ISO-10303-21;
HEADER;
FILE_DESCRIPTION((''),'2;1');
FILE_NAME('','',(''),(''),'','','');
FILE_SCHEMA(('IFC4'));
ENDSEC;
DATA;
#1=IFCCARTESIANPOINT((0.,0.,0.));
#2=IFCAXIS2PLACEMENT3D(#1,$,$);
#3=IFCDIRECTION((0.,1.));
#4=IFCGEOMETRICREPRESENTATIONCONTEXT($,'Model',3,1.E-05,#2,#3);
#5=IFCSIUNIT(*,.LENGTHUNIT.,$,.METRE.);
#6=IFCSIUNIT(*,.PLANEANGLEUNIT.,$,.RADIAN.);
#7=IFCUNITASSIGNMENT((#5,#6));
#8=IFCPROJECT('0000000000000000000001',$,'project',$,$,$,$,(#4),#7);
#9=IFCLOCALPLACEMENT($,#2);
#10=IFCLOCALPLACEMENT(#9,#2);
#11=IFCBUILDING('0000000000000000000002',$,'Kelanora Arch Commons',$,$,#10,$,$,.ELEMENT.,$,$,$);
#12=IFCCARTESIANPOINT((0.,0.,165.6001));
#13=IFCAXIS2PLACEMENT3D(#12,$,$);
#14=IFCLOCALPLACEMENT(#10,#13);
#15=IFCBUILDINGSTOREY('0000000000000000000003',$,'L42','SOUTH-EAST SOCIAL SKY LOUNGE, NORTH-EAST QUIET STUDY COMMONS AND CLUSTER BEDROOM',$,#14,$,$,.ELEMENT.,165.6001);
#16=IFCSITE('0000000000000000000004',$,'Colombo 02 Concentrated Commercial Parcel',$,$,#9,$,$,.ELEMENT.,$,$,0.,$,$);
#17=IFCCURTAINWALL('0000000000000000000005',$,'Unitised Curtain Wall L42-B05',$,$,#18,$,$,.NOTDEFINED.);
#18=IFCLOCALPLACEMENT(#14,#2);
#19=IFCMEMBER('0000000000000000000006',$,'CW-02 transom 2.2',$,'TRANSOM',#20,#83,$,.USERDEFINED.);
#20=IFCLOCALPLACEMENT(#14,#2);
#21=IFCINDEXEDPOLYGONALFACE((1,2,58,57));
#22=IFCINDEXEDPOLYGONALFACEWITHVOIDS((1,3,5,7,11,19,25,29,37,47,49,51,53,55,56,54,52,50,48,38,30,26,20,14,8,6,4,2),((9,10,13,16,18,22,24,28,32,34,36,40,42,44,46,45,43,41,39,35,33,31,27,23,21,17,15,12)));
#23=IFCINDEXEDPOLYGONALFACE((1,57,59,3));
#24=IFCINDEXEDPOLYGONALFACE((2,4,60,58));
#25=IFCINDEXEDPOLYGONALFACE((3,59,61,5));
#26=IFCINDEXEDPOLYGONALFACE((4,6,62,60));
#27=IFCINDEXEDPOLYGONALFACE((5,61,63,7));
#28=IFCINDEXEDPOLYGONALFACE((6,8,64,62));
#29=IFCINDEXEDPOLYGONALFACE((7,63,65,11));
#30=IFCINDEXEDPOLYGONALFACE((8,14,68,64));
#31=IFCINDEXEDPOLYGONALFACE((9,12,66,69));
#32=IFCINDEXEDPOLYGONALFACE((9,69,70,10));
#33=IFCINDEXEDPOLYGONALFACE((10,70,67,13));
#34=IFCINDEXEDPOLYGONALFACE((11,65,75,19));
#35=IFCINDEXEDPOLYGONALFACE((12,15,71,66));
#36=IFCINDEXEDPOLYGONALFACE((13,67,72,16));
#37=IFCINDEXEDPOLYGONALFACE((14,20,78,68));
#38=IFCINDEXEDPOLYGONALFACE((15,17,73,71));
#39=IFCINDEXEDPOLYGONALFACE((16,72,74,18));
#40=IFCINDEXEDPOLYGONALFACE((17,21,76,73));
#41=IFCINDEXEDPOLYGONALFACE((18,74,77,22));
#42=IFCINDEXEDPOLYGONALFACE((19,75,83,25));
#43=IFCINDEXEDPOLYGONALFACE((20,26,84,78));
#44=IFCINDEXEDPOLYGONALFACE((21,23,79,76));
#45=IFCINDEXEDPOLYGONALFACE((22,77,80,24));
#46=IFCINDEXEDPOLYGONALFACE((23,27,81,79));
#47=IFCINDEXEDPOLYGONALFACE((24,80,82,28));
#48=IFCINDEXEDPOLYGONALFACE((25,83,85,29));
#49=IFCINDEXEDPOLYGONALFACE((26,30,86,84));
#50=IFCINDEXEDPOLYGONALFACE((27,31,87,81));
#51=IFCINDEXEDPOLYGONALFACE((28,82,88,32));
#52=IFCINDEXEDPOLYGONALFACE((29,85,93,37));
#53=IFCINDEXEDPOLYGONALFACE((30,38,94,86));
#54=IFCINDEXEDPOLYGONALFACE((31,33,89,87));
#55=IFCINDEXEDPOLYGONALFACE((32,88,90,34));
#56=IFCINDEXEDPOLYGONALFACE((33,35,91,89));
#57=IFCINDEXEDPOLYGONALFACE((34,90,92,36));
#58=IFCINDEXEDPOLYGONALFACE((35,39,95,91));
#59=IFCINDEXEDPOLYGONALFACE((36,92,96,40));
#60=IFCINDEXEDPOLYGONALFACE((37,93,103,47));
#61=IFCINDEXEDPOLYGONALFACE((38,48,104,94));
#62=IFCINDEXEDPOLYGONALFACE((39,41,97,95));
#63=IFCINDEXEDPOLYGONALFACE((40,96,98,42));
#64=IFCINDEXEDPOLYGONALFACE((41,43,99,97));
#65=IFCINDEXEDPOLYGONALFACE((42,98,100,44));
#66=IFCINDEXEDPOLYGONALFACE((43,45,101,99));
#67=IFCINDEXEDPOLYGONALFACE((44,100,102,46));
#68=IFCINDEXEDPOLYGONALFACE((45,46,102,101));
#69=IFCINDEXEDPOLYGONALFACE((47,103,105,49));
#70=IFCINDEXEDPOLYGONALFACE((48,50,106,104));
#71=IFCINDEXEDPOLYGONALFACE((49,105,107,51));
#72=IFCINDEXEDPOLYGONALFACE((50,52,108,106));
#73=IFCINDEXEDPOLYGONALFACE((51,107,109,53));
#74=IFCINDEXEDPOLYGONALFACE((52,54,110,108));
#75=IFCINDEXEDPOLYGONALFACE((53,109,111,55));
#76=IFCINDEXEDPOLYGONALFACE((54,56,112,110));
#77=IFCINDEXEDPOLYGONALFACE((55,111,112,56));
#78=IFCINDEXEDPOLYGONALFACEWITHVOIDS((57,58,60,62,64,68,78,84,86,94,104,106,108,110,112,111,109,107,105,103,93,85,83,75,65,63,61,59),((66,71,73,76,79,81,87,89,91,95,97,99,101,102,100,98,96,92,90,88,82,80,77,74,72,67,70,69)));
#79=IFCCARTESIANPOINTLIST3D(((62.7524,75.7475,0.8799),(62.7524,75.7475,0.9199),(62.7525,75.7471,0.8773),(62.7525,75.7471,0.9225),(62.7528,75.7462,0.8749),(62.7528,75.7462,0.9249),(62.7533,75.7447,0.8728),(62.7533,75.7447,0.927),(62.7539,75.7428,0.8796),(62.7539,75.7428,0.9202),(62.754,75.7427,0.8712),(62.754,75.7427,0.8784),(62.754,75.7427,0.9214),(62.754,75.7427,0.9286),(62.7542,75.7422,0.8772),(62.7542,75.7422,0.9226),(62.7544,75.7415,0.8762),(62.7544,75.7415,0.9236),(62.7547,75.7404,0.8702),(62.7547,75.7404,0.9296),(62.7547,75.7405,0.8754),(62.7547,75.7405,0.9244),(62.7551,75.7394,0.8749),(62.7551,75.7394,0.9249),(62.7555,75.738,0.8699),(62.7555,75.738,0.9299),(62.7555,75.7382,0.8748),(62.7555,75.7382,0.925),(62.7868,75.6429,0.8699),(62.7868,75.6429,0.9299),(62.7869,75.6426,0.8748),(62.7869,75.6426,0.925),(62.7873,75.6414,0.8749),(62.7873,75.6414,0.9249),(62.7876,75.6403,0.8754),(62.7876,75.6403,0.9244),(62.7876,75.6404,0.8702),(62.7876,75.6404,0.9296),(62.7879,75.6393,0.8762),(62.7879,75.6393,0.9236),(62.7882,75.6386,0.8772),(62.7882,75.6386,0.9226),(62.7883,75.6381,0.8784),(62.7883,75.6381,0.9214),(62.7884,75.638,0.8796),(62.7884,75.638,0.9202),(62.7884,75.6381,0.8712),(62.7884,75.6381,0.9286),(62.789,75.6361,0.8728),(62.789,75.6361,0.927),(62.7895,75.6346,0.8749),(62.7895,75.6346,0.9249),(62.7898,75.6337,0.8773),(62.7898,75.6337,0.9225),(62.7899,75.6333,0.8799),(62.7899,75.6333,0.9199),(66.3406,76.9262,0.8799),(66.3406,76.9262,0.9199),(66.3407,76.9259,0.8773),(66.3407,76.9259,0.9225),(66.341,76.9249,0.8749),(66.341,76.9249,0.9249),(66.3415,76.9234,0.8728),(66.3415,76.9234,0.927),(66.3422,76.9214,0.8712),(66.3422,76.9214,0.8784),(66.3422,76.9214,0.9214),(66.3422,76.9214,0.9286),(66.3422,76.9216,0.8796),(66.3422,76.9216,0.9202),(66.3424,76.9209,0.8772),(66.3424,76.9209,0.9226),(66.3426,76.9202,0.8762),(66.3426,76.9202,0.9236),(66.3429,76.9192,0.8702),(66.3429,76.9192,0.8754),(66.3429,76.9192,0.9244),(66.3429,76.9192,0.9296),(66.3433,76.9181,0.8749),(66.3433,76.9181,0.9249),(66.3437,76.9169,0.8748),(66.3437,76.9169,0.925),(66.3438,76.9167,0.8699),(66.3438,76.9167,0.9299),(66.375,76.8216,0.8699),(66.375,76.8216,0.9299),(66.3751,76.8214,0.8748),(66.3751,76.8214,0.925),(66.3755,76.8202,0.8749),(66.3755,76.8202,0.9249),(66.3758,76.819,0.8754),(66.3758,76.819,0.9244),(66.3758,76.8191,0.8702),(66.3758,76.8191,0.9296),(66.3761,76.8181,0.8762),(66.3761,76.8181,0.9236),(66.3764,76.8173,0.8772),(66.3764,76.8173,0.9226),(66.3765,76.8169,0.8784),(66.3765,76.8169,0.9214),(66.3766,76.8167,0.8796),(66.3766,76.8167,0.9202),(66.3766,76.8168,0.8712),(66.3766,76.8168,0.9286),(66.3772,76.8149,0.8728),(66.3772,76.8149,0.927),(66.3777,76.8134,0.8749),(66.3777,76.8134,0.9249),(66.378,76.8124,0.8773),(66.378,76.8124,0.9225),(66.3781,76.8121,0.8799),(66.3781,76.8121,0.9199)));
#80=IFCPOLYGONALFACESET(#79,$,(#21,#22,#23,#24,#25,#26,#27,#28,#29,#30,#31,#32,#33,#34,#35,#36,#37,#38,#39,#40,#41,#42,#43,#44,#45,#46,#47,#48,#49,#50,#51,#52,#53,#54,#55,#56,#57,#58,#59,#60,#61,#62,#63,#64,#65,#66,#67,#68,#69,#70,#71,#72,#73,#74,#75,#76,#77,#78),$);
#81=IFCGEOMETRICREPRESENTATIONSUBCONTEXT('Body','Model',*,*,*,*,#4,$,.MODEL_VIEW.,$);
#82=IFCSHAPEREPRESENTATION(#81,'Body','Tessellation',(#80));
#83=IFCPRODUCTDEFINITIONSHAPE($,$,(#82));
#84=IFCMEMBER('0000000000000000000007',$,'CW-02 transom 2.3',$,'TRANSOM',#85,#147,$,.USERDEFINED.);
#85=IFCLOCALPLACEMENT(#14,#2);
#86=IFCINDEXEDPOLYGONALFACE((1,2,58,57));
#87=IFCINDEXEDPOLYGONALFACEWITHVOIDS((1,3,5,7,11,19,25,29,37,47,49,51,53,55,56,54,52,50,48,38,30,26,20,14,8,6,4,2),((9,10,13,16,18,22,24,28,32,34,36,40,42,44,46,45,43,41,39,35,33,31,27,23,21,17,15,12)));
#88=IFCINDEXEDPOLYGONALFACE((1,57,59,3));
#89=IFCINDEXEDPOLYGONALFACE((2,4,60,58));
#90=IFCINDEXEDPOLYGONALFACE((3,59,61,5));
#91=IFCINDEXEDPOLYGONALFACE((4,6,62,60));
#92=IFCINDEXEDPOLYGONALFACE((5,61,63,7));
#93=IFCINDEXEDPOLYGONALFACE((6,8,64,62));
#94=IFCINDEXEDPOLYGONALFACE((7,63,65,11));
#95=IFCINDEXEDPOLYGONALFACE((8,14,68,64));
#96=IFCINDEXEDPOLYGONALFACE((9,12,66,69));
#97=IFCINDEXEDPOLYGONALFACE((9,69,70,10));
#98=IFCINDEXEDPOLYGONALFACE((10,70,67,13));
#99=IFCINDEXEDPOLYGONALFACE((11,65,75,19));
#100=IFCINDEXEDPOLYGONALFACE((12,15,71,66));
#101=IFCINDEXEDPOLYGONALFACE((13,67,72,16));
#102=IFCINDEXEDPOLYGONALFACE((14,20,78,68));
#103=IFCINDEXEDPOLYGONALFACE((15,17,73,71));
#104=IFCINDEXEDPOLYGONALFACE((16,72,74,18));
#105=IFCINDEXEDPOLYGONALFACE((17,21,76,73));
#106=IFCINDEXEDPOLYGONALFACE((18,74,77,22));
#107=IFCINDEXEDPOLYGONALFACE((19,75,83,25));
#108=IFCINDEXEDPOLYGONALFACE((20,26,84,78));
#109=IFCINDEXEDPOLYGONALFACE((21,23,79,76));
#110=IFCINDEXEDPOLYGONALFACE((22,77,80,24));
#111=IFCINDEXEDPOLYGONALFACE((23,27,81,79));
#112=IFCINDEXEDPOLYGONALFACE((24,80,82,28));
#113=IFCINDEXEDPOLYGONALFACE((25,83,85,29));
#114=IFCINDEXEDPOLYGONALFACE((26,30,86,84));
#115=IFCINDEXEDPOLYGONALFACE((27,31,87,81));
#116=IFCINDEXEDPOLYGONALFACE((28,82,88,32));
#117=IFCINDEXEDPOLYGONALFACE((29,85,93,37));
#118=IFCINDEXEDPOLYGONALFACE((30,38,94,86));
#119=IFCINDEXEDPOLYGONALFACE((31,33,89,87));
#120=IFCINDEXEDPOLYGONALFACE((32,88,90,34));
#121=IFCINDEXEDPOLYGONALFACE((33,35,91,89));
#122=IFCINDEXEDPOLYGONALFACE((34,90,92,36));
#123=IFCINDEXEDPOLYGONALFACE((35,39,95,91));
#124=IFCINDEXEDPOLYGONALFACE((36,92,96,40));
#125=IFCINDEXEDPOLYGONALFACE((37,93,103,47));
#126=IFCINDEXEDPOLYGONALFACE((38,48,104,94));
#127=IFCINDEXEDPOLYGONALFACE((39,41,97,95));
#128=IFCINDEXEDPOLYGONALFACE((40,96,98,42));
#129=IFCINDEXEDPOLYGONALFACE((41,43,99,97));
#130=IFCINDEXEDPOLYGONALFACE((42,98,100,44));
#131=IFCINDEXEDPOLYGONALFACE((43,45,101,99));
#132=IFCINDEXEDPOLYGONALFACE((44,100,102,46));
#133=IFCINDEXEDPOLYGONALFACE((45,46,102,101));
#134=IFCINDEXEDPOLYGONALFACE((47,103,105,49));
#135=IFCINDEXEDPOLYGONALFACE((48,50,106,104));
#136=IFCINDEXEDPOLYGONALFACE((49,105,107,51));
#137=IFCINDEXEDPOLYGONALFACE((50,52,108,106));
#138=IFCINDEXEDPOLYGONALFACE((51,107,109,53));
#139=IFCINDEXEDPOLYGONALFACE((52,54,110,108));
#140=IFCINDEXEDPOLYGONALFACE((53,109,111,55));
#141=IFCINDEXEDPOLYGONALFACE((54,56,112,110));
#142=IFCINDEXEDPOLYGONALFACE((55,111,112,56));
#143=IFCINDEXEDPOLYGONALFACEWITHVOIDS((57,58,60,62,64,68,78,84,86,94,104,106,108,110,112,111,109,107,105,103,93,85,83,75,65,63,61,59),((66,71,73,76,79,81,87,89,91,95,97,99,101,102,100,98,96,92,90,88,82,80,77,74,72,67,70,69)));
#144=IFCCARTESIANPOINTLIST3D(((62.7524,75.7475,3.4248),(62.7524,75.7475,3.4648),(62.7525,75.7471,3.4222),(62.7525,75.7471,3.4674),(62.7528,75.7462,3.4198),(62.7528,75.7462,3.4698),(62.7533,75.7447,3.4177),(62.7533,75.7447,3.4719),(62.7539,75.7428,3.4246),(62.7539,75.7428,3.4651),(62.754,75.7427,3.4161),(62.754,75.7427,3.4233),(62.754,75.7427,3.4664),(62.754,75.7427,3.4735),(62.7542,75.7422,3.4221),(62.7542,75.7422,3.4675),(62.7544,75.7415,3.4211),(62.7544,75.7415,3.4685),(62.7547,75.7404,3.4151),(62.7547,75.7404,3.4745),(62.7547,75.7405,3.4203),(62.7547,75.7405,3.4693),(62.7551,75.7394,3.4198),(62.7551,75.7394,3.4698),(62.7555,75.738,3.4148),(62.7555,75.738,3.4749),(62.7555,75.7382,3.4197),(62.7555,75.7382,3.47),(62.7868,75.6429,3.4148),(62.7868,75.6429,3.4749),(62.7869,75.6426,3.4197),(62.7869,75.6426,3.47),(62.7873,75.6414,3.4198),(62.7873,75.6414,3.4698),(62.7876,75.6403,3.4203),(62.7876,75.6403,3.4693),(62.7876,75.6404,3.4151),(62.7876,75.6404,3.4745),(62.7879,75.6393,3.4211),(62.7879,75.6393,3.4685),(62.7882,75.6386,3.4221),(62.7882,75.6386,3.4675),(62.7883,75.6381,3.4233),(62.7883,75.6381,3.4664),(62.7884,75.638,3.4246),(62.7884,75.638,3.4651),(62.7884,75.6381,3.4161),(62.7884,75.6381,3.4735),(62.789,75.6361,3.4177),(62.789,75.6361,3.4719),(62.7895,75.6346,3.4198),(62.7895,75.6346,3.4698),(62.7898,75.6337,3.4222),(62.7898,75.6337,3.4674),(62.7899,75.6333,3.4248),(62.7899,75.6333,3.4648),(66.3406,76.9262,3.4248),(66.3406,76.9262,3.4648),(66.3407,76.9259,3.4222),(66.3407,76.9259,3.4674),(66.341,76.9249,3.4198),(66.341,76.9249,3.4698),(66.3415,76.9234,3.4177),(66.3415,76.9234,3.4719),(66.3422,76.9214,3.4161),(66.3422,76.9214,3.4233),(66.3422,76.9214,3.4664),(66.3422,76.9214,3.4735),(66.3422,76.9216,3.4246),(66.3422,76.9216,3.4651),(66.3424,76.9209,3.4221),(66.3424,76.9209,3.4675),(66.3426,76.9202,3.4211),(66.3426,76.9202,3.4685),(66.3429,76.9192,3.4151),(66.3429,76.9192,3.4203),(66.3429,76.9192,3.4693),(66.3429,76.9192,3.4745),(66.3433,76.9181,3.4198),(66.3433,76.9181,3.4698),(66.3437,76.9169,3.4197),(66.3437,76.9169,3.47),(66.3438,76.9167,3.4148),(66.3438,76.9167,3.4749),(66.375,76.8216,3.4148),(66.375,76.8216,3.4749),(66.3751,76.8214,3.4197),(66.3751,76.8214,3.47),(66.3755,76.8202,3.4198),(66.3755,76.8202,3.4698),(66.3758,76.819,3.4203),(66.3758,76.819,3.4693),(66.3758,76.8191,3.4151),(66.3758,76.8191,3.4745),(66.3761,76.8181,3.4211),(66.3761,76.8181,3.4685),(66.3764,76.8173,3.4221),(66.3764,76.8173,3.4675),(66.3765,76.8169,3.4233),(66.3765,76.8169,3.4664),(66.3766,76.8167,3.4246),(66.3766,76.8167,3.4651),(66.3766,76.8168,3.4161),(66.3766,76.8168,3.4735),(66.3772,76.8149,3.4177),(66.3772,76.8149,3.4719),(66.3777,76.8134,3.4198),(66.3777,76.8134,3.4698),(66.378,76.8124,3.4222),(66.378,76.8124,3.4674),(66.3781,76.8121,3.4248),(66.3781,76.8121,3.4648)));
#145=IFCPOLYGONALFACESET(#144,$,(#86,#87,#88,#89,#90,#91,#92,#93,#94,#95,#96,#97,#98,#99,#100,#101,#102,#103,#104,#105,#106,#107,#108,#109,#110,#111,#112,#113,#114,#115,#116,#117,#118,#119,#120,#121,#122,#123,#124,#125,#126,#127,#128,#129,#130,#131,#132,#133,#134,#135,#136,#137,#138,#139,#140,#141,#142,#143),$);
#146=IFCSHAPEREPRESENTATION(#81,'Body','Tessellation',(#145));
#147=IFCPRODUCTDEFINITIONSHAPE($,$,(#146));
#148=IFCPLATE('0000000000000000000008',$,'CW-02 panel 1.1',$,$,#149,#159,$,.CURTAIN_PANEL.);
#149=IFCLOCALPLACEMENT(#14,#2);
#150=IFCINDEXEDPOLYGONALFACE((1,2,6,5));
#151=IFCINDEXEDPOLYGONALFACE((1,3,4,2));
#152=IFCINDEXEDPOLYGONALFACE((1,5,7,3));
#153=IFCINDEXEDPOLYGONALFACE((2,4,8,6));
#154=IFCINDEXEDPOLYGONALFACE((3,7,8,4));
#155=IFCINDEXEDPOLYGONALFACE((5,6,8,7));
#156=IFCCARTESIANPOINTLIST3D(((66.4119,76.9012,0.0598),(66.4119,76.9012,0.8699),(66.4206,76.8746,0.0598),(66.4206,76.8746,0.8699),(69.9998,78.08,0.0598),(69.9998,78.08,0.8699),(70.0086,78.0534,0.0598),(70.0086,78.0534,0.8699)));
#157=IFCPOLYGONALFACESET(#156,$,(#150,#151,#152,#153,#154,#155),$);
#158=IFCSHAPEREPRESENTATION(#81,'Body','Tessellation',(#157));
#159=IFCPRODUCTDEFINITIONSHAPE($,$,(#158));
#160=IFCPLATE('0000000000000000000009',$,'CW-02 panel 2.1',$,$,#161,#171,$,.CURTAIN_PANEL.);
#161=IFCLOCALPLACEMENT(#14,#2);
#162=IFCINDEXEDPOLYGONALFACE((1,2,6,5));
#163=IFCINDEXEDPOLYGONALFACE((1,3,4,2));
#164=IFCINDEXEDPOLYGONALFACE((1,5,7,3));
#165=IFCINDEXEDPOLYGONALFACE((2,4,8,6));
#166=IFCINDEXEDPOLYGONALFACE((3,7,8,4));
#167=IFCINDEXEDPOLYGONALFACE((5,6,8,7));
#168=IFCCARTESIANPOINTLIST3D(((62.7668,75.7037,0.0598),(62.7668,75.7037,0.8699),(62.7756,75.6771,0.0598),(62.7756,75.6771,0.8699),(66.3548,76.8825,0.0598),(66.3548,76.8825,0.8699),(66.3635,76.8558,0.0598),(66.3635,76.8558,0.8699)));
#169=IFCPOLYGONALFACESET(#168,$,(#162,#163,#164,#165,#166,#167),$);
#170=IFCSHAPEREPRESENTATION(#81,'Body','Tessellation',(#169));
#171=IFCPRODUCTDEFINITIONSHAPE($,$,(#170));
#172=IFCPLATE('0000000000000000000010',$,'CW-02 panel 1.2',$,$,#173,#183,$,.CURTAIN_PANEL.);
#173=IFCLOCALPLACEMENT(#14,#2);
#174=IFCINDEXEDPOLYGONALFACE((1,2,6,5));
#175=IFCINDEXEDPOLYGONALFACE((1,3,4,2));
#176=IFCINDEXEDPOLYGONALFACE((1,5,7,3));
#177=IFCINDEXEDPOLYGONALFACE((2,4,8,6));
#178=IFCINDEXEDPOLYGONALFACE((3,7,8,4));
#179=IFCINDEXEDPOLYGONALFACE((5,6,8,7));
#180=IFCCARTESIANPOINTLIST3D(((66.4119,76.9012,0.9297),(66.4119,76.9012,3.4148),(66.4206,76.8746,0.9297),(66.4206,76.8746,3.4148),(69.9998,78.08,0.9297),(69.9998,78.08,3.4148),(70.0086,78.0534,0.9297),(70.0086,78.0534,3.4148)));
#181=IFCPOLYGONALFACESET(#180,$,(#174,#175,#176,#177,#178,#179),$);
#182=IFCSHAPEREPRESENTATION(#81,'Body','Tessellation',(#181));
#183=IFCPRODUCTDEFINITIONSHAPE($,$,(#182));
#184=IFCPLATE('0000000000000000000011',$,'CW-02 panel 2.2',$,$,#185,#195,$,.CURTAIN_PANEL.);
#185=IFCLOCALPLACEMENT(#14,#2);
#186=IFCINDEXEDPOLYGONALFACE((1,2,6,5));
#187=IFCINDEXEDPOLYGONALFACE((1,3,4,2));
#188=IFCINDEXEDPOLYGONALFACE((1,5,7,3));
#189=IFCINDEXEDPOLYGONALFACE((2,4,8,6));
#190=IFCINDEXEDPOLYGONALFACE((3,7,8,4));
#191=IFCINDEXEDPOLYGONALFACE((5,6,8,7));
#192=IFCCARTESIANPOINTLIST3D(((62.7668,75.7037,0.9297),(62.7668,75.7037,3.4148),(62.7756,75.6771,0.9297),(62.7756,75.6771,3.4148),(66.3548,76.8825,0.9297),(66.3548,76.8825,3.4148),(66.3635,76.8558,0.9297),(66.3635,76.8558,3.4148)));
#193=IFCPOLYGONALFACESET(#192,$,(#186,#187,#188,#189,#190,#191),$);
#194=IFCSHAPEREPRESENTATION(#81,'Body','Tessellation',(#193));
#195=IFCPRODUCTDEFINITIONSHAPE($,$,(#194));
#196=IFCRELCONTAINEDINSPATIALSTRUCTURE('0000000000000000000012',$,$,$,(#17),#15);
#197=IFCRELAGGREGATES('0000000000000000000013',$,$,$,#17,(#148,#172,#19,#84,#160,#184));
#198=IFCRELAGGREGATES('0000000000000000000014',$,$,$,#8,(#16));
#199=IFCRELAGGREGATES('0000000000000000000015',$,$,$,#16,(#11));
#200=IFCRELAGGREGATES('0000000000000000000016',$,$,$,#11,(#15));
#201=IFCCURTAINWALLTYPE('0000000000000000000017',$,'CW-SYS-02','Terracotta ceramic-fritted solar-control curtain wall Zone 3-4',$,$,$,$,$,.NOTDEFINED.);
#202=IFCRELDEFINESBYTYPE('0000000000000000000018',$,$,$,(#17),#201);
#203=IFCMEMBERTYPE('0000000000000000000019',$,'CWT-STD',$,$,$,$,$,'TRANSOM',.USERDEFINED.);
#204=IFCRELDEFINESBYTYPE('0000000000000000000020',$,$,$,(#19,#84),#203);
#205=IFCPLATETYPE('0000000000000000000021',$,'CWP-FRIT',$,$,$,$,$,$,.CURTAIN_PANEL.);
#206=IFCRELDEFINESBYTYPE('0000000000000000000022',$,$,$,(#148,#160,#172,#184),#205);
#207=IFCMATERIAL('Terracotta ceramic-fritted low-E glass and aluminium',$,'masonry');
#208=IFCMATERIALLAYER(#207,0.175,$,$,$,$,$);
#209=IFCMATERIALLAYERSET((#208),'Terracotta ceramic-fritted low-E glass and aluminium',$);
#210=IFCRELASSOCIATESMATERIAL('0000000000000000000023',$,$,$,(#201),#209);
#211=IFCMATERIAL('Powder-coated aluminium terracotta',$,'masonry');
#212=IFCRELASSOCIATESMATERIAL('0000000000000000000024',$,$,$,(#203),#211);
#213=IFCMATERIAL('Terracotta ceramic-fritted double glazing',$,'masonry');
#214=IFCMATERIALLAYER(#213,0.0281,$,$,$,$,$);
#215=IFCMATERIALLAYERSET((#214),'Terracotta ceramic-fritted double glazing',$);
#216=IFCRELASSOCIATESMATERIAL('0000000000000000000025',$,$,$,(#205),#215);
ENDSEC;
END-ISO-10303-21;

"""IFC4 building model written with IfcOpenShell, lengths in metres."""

from ifc_helpers import new_model, si_unit, direction, frame, origin, origin_2d, place, context, subcontext, project, spatial, rectangle, hollow_rectangle, extrude, source, transform, mapped, material, layer, layer_set, material_profile, profile_set, type_object, element, aggregate, save


model = new_model("IFC4")

# Units and contexts
model_context = context("Model", 3, precision=1e-05, world=origin(), true_north=direction((0.0, 1.0)))
body_context = subcontext(model_context, "Body", "Model", "MODEL_VIEW")
ifc_project = project(units=[si_unit("LENGTHUNIT", "METRE"), si_unit("PLANEANGLEUNIT", "RADIAN")], contexts=[model_context])

# Site, building, storey
site_placement = place(None, origin())
site = spatial("IfcSite", under=ifc_project, at=site_placement, Name="Colombo 02 Concentrated Commercial Parcel", CompositionType="ELEMENT", RefElevation=0.0)
building_placement = place(site_placement, origin())
building = spatial("IfcBuilding", under=site, at=building_placement, Name="Kelanora Arch Commons", CompositionType="ELEMENT")
storey_placement = place(building_placement, frame((0.0, 0.0, 165.6001)))
storey = spatial("IfcBuildingStorey", under=building, at=storey_placement, Name="L42", Description="SOUTH-EAST SOCIAL SKY LOUNGE, NORTH-EAST QUIET STUDY COMMONS AND CLUSTER BEDROOM", CompositionType="ELEMENT", Elevation=165.6001)

# Curtain wall, members, plates
ifc_material_1 = material(Name="Terracotta ceramic-fritted low-E glass and aluminium", Category="masonry")
ifc_layer_1 = layer(ifc_material_1, 0.175)
ifc_layer_set_1 = layer_set([ifc_layer_1], Name="Terracotta ceramic-fritted low-E glass and aluminium")
curtain_wall_type = type_object("IfcCurtainWallType", Name="CW-SYS-02", Description="Terracotta ceramic-fritted solar-control curtain wall Zone 3-4", PredefinedType="NOTDEFINED", material=ifc_layer_set_1)
curtain_wall_placement = place(storey_placement, origin())
curtain_wall = element("IfcCurtainWall", 1, at=curtain_wall_placement, inside=storey, type_object=curtain_wall_type, Name="Unitised Curtain Wall L42-B05", PredefinedType="NOTDEFINED")
ifc_material_2 = material(Name="Powder-coated aluminium terracotta", Category="masonry")
ifc_material_profile_1 = material_profile(ifc_material_2, hollow_rectangle(XDim=0.1201, YDim=0.0601, WallThickness=0.0049, InnerFilletRadius=0.0049, OuterFilletRadius=0.01, at=origin_2d()), Name="CWT120x60")
ifc_profile_set_1 = profile_set([ifc_material_profile_1], Name="Powder-coated aluminium terracotta")
member_type_1 = type_object("IfcMemberType", Name="CWT-STD", ElementType="TRANSOM", PredefinedType="USERDEFINED", material=ifc_profile_set_1)
member_1_placement = place(storey_placement, frame((66.3594, 76.8691, 0.8999), z_axis=(-0.950051, -0.312094, 0.0), x_axis=(0.312094, -0.950051, 0.0)))
member_1 = element("IfcMember", 2, at=member_1_placement, type_object=member_type_1, Name="CW-02 transom 2.2", ObjectType="TRANSOM", PredefinedType="USERDEFINED", context=body_context, shape_type="SweptSolid", body=[
    extrude(hollow_rectangle(XDim=0.1201, YDim=0.0601, WallThickness=0.0049, InnerFilletRadius=0.0049, OuterFilletRadius=0.01, at=origin_2d()), origin(), (0.0, 0.0, 1.0), 3.7769),
])
member_2_placement = place(storey_placement, frame((66.3594, 76.8691, 3.4448), z_axis=(-0.950051, -0.312094, 0.0), x_axis=(0.312094, -0.950051, 0.0)))
member_2 = element("IfcMember", 3, at=member_2_placement, type_object=member_type_1, Name="CW-02 transom 2.3", ObjectType="TRANSOM", PredefinedType="USERDEFINED", context=body_context, shape_type="SweptSolid", body=[
    extrude(hollow_rectangle(XDim=0.1201, YDim=0.0601, WallThickness=0.0049, InnerFilletRadius=0.0049, OuterFilletRadius=0.01, at=origin_2d()), origin(), (0.0, 0.0, 1.0), 3.7769),
])
ifc_material_3 = material(Name="Terracotta ceramic-fritted double glazing", Category="masonry")
ifc_layer_2 = layer(ifc_material_3, 0.0281)
ifc_layer_set_2 = layer_set([ifc_layer_2], Name="Terracotta ceramic-fritted double glazing")
plate_type = type_object("IfcPlateType", Name="CWP-FRIT", PredefinedType="CURTAIN_PANEL", material=ifc_layer_set_2)
shared_shape_1 = source(origin(), body_context, "Body", "SweptSolid", [
    extrude(rectangle(XDim=3.7766, YDim=0.0281, at=origin_2d()), origin(), (0.0, 0.0, 1.0), 0.8101),
])
plate_1_placement = place(storey_placement, frame((68.2102, 77.4773, 0.0598), z_axis=(0.0, 0.0, 1.0), x_axis=(-0.95004, -0.312128, 0.0)))
plate_1 = element("IfcPlate", 4, at=plate_1_placement, type_object=plate_type, Name="CW-02 panel 1.1", PredefinedType="CURTAIN_PANEL", context=body_context, shape_type="MappedRepresentation", body=[
    mapped(shared_shape_1, transform((0.0, 0.0, 0.0), scale=1.0)),
])
plate_2_placement = place(storey_placement, frame((64.5652, 76.2798, 0.0598), z_axis=(0.0, 0.0, 1.0), x_axis=(-0.95004, -0.312128, 0.0)))
plate_2 = element("IfcPlate", 5, at=plate_2_placement, type_object=plate_type, Name="CW-02 panel 2.1", PredefinedType="CURTAIN_PANEL", context=body_context, shape_type="MappedRepresentation", body=[
    mapped(shared_shape_1, transform((0.0, 0.0, 0.0), scale=1.0)),
])
shared_shape_2 = source(origin(), body_context, "Body", "SweptSolid", [
    extrude(rectangle(XDim=3.7766, YDim=0.0281, at=origin_2d()), origin(), (0.0, 0.0, 1.0), 2.4851),
])
plate_3_placement = place(storey_placement, frame((68.2102, 77.4773, 0.9297), z_axis=(0.0, 0.0, 1.0), x_axis=(-0.95004, -0.312128, 0.0)))
plate_3 = element("IfcPlate", 6, at=plate_3_placement, type_object=plate_type, Name="CW-02 panel 1.2", PredefinedType="CURTAIN_PANEL", context=body_context, shape_type="MappedRepresentation", body=[
    mapped(shared_shape_2, transform((0.0, 0.0, 0.0), scale=1.0)),
])
plate_4_placement = place(storey_placement, frame((64.5652, 76.2798, 0.9297), z_axis=(0.0, 0.0, 1.0), x_axis=(-0.95004, -0.312128, 0.0)))
plate_4 = element("IfcPlate", 7, at=plate_4_placement, type_object=plate_type, Name="CW-02 panel 2.2", PredefinedType="CURTAIN_PANEL", context=body_context, shape_type="MappedRepresentation", body=[
    mapped(shared_shape_2, transform((0.0, 0.0, 0.0), scale=1.0)),
])
aggregate(curtain_wall, [plate_1, plate_3, member_1, member_2, plate_2, plate_4])

save(model, "model.ifc")
